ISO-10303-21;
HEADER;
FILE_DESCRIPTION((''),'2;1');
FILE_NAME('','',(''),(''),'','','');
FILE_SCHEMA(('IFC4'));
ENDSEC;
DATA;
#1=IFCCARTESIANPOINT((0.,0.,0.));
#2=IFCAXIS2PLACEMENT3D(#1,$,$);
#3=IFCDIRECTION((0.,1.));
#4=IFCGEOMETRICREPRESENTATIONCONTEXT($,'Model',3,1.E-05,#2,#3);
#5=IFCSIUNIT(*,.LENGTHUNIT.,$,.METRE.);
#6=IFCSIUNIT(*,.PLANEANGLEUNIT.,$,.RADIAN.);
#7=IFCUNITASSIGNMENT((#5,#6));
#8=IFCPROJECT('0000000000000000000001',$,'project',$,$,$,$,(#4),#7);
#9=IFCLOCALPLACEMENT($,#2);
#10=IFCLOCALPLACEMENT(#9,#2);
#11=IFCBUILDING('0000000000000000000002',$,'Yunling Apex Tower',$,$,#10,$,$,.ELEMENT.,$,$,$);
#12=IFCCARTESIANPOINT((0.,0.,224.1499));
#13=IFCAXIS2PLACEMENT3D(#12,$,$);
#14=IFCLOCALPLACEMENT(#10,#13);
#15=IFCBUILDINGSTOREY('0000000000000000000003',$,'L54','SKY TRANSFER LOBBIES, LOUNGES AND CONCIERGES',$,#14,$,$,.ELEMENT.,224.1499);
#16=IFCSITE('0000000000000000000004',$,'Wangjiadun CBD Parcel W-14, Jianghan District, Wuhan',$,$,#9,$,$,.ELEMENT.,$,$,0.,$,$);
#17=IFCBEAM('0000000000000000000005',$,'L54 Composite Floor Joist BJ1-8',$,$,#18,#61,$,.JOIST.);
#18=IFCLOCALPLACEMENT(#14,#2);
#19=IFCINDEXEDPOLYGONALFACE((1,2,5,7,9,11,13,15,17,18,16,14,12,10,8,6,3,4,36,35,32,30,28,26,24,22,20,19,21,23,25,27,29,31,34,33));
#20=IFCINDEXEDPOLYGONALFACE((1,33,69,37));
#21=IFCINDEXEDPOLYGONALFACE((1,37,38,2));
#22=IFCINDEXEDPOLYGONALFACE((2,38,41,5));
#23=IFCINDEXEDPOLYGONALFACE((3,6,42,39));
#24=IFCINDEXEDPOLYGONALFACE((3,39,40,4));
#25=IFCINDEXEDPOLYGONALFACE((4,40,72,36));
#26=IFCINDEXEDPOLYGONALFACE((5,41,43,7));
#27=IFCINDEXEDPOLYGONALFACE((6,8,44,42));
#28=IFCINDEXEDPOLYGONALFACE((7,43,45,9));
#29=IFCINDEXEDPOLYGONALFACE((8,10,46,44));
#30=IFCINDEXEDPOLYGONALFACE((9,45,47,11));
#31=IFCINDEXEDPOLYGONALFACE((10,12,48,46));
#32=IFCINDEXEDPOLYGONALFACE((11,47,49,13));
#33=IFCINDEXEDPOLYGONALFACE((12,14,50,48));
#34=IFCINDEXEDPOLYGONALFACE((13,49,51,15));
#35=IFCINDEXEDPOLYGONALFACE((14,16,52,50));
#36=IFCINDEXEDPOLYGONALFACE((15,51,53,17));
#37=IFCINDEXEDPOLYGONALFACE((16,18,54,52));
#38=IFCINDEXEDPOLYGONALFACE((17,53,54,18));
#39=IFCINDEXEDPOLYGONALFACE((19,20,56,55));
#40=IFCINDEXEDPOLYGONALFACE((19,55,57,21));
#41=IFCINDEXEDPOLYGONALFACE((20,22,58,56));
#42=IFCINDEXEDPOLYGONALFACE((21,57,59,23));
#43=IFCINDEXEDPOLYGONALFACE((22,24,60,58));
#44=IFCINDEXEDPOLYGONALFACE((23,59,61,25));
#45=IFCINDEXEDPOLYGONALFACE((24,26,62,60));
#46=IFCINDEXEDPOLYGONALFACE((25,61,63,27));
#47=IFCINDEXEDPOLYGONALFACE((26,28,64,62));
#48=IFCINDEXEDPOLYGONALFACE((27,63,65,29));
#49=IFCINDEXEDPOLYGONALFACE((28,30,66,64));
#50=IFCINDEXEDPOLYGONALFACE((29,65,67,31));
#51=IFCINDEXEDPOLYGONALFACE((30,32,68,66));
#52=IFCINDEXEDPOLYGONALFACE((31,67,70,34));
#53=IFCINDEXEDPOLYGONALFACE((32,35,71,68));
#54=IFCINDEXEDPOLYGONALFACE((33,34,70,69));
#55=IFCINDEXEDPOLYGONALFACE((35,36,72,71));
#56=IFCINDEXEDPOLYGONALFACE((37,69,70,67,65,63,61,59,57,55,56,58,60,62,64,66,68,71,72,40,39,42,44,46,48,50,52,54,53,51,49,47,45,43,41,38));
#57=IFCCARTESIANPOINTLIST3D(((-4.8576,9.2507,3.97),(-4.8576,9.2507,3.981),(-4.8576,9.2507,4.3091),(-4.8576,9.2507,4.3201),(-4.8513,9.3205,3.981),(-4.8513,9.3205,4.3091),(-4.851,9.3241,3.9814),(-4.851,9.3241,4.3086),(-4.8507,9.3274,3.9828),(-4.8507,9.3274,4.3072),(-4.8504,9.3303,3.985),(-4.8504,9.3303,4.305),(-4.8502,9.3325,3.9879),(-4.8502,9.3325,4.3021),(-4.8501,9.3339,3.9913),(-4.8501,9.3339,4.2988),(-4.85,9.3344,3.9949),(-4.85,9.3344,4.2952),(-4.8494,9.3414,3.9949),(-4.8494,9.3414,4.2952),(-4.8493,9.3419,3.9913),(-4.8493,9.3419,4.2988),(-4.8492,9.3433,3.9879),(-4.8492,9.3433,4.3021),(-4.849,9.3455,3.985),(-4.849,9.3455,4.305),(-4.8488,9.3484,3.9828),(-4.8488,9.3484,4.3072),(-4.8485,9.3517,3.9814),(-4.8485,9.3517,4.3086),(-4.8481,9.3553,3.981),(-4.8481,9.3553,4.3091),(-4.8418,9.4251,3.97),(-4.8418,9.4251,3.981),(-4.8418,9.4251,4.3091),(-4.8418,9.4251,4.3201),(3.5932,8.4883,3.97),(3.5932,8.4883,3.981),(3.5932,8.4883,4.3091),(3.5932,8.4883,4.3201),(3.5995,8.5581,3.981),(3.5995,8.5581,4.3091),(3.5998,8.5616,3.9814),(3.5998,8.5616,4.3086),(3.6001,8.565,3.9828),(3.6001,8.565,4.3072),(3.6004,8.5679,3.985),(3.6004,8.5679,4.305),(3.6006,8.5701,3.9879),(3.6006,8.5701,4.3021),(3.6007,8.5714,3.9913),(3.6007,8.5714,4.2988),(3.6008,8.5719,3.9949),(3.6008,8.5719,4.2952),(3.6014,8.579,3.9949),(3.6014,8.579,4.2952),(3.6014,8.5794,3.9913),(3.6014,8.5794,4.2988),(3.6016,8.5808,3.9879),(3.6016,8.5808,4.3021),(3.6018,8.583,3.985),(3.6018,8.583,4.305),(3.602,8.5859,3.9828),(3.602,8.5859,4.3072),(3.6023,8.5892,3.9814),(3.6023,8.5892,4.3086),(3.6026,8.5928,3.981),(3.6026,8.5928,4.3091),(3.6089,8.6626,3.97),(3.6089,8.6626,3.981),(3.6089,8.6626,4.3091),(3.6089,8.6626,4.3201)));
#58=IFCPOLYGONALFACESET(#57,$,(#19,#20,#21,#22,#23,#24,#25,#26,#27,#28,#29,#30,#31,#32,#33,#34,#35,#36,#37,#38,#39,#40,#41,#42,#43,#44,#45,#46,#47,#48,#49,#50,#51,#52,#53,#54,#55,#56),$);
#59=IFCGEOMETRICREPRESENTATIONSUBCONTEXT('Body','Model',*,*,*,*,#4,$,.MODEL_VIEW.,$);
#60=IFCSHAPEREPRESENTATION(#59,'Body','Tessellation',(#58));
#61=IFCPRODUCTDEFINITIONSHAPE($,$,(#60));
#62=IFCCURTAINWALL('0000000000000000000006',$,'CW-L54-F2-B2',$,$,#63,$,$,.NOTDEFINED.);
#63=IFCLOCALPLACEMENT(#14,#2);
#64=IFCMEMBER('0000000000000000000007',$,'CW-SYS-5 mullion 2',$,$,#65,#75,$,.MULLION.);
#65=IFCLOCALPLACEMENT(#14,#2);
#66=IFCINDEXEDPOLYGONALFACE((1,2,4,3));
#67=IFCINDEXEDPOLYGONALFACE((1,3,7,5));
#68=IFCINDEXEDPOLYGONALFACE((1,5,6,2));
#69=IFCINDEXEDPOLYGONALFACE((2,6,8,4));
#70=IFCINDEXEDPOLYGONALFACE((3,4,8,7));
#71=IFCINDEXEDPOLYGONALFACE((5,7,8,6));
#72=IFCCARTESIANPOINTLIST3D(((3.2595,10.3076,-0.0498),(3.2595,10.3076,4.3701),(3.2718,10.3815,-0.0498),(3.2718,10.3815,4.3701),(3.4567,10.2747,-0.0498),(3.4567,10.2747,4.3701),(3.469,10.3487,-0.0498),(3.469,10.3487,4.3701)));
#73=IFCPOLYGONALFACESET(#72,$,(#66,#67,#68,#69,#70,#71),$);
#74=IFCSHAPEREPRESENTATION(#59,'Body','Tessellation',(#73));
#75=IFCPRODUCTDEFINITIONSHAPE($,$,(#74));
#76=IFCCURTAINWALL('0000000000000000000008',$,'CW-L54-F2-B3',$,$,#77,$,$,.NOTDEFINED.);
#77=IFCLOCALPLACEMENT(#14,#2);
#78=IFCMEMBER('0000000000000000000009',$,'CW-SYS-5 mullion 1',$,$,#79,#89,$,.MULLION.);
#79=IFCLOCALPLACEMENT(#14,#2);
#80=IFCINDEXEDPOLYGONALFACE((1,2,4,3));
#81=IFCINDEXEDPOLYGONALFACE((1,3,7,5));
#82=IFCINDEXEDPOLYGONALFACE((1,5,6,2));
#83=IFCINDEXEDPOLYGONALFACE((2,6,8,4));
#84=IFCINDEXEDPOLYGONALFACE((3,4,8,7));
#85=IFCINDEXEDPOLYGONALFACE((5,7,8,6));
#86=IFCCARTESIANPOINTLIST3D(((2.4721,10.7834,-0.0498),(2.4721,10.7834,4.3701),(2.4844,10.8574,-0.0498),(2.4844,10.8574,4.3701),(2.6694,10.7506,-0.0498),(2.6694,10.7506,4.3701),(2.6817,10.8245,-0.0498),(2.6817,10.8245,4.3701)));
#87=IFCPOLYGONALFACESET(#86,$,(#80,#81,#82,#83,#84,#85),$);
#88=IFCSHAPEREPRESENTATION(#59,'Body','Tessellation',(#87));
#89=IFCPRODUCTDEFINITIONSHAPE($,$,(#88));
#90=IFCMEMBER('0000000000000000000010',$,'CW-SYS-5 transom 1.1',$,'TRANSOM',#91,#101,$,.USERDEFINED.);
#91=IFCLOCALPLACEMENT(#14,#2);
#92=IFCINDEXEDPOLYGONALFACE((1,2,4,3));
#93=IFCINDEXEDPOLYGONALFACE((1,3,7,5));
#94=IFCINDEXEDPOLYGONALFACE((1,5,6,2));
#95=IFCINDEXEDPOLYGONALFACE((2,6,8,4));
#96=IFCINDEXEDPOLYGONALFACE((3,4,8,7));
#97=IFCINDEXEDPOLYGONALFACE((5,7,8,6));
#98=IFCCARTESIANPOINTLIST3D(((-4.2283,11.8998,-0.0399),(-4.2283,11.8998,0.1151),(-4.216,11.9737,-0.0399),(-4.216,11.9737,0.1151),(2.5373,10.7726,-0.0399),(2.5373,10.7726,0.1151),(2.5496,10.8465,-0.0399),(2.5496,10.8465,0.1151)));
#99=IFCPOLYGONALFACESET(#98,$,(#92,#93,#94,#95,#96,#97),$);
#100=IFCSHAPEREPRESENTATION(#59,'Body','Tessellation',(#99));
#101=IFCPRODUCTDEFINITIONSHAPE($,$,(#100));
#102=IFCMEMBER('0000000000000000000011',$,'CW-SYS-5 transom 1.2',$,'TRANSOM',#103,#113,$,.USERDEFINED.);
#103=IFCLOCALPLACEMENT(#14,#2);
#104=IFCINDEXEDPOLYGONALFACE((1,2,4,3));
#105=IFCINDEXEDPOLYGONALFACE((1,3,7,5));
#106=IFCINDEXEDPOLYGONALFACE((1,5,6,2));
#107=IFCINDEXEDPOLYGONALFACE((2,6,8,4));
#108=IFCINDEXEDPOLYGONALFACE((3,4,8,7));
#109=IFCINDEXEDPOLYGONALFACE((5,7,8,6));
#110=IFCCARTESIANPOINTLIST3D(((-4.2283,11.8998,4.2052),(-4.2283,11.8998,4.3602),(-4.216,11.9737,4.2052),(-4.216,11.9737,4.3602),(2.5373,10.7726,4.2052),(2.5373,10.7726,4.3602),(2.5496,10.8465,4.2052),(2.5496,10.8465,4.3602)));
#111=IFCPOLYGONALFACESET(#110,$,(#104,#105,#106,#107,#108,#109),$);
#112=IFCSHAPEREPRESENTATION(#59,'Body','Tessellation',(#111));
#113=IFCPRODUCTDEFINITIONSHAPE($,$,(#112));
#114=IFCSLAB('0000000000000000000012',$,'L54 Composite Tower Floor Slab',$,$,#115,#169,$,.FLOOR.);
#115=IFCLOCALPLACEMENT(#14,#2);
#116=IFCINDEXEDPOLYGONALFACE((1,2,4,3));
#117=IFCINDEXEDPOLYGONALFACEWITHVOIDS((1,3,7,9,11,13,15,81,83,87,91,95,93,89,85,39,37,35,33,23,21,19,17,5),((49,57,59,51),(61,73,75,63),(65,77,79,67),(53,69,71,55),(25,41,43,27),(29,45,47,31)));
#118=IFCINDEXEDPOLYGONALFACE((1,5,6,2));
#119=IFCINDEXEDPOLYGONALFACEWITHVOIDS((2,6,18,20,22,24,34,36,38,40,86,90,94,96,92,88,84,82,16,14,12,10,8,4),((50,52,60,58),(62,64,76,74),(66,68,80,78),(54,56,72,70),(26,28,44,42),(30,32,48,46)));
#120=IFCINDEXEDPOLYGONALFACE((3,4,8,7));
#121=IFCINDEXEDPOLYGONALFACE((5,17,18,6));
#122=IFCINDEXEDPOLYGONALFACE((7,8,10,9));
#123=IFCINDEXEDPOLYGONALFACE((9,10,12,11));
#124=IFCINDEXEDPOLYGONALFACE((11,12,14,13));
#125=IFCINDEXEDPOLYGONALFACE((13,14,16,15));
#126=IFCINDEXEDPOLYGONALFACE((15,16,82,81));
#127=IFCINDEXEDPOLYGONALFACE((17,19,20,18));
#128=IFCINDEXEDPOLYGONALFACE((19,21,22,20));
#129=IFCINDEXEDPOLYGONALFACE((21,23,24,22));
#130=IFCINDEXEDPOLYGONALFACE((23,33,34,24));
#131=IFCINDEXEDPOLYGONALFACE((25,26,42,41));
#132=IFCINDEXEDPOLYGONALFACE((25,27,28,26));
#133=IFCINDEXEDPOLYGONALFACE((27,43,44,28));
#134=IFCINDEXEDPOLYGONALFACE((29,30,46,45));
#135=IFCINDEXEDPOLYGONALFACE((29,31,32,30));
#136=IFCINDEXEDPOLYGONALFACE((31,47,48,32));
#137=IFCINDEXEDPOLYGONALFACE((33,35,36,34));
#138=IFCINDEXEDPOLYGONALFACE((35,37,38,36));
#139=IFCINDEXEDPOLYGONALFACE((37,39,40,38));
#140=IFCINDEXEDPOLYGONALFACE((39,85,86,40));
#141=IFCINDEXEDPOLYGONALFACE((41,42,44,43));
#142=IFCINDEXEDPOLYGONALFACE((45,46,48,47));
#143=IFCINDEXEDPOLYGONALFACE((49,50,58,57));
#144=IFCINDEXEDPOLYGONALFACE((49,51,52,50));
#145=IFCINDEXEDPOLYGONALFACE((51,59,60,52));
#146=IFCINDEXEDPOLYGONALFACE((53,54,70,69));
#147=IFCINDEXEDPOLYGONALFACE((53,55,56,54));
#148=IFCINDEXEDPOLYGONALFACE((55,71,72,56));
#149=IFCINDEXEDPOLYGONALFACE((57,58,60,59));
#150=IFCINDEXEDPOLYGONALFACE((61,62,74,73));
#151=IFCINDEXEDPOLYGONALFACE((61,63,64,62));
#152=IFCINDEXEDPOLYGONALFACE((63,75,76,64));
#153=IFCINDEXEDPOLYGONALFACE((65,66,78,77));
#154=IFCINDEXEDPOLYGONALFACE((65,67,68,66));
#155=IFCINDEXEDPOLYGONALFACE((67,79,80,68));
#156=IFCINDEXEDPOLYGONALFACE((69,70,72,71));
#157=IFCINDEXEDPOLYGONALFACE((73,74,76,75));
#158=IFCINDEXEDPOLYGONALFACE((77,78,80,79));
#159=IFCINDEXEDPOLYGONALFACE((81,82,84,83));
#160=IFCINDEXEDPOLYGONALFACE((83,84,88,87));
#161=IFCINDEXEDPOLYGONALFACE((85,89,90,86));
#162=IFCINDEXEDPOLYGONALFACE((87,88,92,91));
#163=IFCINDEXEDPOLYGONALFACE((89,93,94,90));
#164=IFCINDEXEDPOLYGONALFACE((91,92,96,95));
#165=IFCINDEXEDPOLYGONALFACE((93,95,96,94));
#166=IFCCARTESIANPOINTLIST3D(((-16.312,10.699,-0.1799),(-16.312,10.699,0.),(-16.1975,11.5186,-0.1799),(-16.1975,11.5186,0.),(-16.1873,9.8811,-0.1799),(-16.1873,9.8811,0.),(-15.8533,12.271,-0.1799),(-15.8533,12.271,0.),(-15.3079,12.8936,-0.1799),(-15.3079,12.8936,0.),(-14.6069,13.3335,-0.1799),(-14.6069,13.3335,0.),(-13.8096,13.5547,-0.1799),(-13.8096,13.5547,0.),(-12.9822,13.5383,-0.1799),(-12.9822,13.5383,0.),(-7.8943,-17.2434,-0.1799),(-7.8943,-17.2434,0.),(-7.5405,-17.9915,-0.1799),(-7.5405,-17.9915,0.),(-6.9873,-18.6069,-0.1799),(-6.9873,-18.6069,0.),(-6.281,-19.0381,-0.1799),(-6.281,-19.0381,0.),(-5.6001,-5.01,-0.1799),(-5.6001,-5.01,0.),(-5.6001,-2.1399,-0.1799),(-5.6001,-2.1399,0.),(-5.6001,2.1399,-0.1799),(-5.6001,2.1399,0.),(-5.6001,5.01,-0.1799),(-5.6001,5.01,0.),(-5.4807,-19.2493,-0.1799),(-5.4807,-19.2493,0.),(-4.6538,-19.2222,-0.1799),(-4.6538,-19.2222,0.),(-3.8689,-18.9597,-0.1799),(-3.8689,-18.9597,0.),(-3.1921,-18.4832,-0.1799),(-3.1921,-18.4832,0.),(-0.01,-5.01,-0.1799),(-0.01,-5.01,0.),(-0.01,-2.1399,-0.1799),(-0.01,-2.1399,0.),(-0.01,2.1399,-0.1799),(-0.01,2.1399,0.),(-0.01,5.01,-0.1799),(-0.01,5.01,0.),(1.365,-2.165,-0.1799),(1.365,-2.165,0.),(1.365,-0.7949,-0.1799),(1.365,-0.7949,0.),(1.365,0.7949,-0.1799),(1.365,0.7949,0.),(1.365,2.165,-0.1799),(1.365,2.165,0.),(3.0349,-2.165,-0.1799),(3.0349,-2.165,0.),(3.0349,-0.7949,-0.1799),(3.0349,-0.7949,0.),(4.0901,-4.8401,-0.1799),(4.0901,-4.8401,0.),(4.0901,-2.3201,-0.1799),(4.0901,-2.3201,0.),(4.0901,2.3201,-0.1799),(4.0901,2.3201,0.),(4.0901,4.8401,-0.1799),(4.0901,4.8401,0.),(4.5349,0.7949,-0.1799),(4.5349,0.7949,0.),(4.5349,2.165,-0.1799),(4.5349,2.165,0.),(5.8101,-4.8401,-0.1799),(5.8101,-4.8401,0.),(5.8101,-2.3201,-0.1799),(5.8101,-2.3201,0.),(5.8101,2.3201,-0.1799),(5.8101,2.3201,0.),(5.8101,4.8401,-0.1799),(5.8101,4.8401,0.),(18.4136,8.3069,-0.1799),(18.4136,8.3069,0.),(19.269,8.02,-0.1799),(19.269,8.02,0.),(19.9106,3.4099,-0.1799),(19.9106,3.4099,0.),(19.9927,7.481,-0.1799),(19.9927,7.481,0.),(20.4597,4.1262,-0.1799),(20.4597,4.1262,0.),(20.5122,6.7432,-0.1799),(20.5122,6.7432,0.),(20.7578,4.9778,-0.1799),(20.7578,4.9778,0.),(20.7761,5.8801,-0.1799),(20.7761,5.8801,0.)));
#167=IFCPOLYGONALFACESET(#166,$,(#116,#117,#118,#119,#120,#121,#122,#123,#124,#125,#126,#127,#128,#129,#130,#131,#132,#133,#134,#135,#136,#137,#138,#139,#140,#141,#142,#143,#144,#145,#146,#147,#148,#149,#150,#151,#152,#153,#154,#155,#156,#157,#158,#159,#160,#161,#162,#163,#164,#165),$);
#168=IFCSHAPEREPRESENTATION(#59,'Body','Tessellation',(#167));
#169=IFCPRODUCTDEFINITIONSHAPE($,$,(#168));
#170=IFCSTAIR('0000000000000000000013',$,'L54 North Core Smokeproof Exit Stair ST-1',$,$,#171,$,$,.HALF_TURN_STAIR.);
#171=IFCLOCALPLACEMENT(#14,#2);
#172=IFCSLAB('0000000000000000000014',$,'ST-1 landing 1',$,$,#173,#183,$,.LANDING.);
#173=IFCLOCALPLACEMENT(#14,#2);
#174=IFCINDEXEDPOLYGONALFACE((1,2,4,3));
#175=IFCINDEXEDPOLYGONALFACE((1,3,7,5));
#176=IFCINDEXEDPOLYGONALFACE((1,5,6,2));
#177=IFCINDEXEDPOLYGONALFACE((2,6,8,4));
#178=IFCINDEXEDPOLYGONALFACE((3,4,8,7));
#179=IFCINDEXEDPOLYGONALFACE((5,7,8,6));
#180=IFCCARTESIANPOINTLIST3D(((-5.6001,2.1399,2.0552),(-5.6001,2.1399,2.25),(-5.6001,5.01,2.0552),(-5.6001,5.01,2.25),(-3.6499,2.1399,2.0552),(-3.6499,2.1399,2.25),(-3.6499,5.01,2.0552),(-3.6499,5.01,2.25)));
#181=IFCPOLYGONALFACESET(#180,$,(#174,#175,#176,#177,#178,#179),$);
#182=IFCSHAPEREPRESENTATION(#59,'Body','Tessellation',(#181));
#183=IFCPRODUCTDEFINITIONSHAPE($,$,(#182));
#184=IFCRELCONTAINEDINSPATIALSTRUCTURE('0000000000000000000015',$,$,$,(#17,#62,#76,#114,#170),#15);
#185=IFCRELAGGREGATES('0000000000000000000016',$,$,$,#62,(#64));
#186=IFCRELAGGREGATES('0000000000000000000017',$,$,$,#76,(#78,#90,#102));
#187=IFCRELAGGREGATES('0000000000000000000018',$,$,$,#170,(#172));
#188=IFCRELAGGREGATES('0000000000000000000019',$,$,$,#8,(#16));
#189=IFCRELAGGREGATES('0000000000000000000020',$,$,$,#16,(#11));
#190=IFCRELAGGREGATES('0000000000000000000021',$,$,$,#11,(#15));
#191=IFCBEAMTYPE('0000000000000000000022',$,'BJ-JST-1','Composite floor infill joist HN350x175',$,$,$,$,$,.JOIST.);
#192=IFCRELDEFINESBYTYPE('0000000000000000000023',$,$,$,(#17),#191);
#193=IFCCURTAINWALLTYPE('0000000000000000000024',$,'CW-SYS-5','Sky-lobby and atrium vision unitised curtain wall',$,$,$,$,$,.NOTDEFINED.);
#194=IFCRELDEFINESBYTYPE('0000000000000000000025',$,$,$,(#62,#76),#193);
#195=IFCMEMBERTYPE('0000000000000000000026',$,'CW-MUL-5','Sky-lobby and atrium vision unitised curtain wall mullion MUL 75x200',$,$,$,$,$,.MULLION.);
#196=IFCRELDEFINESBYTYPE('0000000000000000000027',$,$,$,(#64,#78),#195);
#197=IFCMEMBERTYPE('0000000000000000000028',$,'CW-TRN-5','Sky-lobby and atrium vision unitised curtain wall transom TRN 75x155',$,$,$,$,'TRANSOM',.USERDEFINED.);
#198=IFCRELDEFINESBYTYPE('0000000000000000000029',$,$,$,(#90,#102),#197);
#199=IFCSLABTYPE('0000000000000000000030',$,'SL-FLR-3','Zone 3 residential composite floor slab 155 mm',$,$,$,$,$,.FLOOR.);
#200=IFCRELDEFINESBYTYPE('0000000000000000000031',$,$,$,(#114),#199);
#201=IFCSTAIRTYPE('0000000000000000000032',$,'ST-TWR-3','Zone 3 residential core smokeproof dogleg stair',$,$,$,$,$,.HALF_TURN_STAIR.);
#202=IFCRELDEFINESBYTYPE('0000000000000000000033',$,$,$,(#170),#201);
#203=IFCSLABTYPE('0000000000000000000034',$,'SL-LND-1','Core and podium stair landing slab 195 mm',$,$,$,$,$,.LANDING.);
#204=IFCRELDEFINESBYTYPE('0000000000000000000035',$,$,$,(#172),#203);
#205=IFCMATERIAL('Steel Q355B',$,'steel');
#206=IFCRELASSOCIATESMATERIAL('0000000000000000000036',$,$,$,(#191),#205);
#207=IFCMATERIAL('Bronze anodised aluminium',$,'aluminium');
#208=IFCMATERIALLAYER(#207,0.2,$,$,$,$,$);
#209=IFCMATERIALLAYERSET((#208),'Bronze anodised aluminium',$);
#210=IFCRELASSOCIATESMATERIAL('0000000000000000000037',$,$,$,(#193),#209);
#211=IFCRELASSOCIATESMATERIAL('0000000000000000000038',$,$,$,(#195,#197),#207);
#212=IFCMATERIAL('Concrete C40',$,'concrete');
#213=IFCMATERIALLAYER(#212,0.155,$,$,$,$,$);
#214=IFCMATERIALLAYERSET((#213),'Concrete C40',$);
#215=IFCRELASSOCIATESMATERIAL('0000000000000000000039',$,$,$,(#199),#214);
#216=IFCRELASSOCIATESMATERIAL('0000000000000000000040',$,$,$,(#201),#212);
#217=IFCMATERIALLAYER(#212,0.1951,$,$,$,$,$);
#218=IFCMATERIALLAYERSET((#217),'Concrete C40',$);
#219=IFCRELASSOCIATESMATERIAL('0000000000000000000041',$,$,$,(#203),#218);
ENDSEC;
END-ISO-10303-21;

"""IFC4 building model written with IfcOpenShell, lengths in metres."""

from ifc_helpers import new_model, si_unit, direction, frame, origin, origin_2d, place, context, subcontext, project, spatial, polyline, rectangle, i_section, outline, extrude, source, transform, mapped, material, layer, layer_set, material_profile, profile_set, type_object, element, aggregate, save


model = new_model("IFC4")

# Units and contexts
model_context = context("Model", 3, precision=1e-05, world=origin(), true_north=direction((0.0, 1.0)))
body_context = subcontext(model_context, "Body", "Model", "MODEL_VIEW")
ifc_project = project(units=[si_unit("LENGTHUNIT", "METRE"), si_unit("PLANEANGLEUNIT", "RADIAN")], contexts=[model_context])

# Site, building, storey
site_placement = place(None, origin())
site = spatial("IfcSite", under=ifc_project, at=site_placement, Name="Wangjiadun CBD Parcel W-14, Jianghan District, Wuhan", CompositionType="ELEMENT", RefElevation=0.0)
building_placement = place(site_placement, origin())
building = spatial("IfcBuilding", under=site, at=building_placement, Name="Yunling Apex Tower", CompositionType="ELEMENT")
storey_placement = place(building_placement, frame((0.0, 0.0, 224.1499)))
storey = spatial("IfcBuildingStorey", under=building, at=storey_placement, Name="L54", Description="SKY TRANSFER LOBBIES, LOUNGES AND CONCIERGES", CompositionType="ELEMENT", Elevation=224.1499)

# Beam
ifc_material_1 = material(Name="Steel Q355B", Category="steel")
ifc_material_profile_1 = material_profile(ifc_material_1, i_section(OverallWidth=0.175, OverallDepth=0.3501, WebThickness=0.0071, FlangeThickness=0.011, FilletRadius=0.0139, at=origin_2d()))
ifc_profile_set_1 = profile_set([ifc_material_profile_1], Name="Steel Q355B")
beam_type_1 = type_object("IfcBeamType", Name="BJ-JST-1", Description="Composite floor infill joist HN350x175", PredefinedType="JOIST", material=ifc_profile_set_1)
shared_shape_1 = source(origin(), body_context, "Body", "SweptSolid", [
    extrude(i_section(OverallWidth=0.175, OverallDepth=0.3501, WebThickness=0.0071, FlangeThickness=0.011, FilletRadius=0.0139, at=origin_2d()), origin(), (0.0, 0.0, 1.0), 8.4851),
])
beam_1_placement = place(storey_placement, frame((3.6011, 8.5754, 4.145), z_axis=(-0.995955, 0.089859, 0.0), x_axis=(-0.089859, -0.995955, 0.0)))
element("IfcBeam", 1, at=beam_1_placement, inside=storey, type_object=beam_type_1, Name="L54 Composite Floor Joist BJ1-8", PredefinedType="JOIST", context=body_context, shape_type="MappedRepresentation", body=[
    mapped(shared_shape_1, transform((0.0, 0.0, 0.0), scale=1.0)),
])

# Curtain wall, member
ifc_material_2 = material(Name="Bronze anodised aluminium", Category="aluminium")
ifc_layer_1 = layer(ifc_material_2, 0.2)
ifc_layer_set_1 = layer_set([ifc_layer_1], Name="Bronze anodised aluminium")
curtain_wall_type = type_object("IfcCurtainWallType", Name="CW-SYS-5", Description="Sky-lobby and atrium vision unitised curtain wall", PredefinedType="NOTDEFINED", material=ifc_layer_set_1)
curtain_wall_1_placement = place(storey_placement, origin())
curtain_wall_1 = element("IfcCurtainWall", 2, at=curtain_wall_1_placement, inside=storey, type_object=curtain_wall_type, Name="CW-L54-F2-B2", PredefinedType="NOTDEFINED")
ifc_material_profile_2 = material_profile(ifc_material_2, rectangle(XDim=0.075, YDim=0.2, at=origin_2d()))
ifc_profile_set_2 = profile_set([ifc_material_profile_2], Name="Bronze anodised aluminium")
member_type_1 = type_object("IfcMemberType", Name="CW-MUL-5", Description="Sky-lobby and atrium vision unitised curtain wall mullion MUL 75x200", PredefinedType="MULLION", material=ifc_profile_set_2)
shared_shape_2 = source(origin(), body_context, "Body", "SweptSolid", [
    extrude(rectangle(XDim=0.075, YDim=0.2, at=origin_2d()), origin(), (0.0, 0.0, 1.0), 4.4199),
])
member_1_placement = place(storey_placement, frame((3.3643, 10.3281, -0.0498), z_axis=(0.0, 0.0, 1.0), x_axis=(-0.164371, -0.986399, 0.0)))
member_1 = element("IfcMember", 3, at=member_1_placement, type_object=member_type_1, Name="CW-SYS-5 mullion 2", PredefinedType="MULLION", context=body_context, shape_type="MappedRepresentation", body=[
    mapped(shared_shape_2, transform((0.0, 0.0, 0.0), scale=1.0)),
])
aggregate(curtain_wall_1, [member_1])

# Curtain wall, members
curtain_wall_2_placement = place(storey_placement, origin())
curtain_wall_2 = element("IfcCurtainWall", 4, at=curtain_wall_2_placement, inside=storey, type_object=curtain_wall_type, Name="CW-L54-F2-B3", PredefinedType="NOTDEFINED")
member_2_placement = place(storey_placement, frame((2.5769, 10.804, -0.0498), z_axis=(0.0, 0.0, 1.0), x_axis=(-0.164353, -0.986402, 0.0)))
member_2 = element("IfcMember", 5, at=member_2_placement, type_object=member_type_1, Name="CW-SYS-5 mullion 1", PredefinedType="MULLION", context=body_context, shape_type="MappedRepresentation", body=[
    mapped(shared_shape_2, transform((0.0, 0.0, 0.0), scale=1.0)),
])
ifc_material_profile_3 = material_profile(ifc_material_2, rectangle(XDim=0.075, YDim=0.155, at=origin_2d()))
ifc_profile_set_3 = profile_set([ifc_material_profile_3], Name="Bronze anodised aluminium")
member_type_2 = type_object("IfcMemberType", Name="CW-TRN-5", Description="Sky-lobby and atrium vision unitised curtain wall transom TRN 75x155", ElementType="TRANSOM", PredefinedType="USERDEFINED", material=ifc_profile_set_3)
shared_shape_3 = source(origin(), body_context, "Body", "SweptSolid", [
    extrude(rectangle(XDim=0.075, YDim=0.155, at=origin_2d()), origin(), (0.0, 0.0, 1.0), 6.8589),
])
member_3_placement = place(storey_placement, frame((2.5435, 10.8096, 0.0376), z_axis=(-0.986404, 0.164341, 0.0), x_axis=(-0.164341, -0.986404, 0.0)))
member_3 = element("IfcMember", 6, at=member_3_placement, type_object=member_type_2, Name="CW-SYS-5 transom 1.1", ObjectType="TRANSOM", PredefinedType="USERDEFINED", context=body_context, shape_type="MappedRepresentation", body=[
    mapped(shared_shape_3, transform((0.0, 0.0, 0.0), scale=1.0)),
])
member_4_placement = place(storey_placement, frame((2.5435, 10.8096, 4.2827), z_axis=(-0.986404, 0.164341, 0.0), x_axis=(-0.164341, -0.986404, 0.0)))
member_4 = element("IfcMember", 7, at=member_4_placement, type_object=member_type_2, Name="CW-SYS-5 transom 1.2", ObjectType="TRANSOM", PredefinedType="USERDEFINED", context=body_context, shape_type="MappedRepresentation", body=[
    mapped(shared_shape_3, transform((0.0, 0.0, 0.0), scale=1.0)),
])

# Slab
ifc_material_3 = material(Name="Concrete C40", Category="concrete")
ifc_layer_2 = layer(ifc_material_3, 0.155)
ifc_layer_set_2 = layer_set([ifc_layer_2], Name="Concrete C40")
slab_type_1 = type_object("IfcSlabType", Name="SL-FLR-3", Description="Zone 3 residential composite floor slab 155 mm", PredefinedType="FLOOR", material=ifc_layer_set_2)
slab_1_placement = place(storey_placement, frame((0.0, 0.0, -0.1799)))
element("IfcSlab", 8, at=slab_1_placement, inside=storey, type_object=slab_type_1, Name="L54 Composite Tower Floor Slab", PredefinedType="FLOOR", context=body_context, shape_type="SweptSolid", body=[
    extrude(outline(polyline([(-7.8943, -17.2434), (-7.5405, -17.9915), (-6.9873, -18.6069), (-6.281, -19.0381), (-5.4807, -19.2493), (-4.6538, -19.2222), (-3.8689, -18.9597), (-3.1921, -18.4832), (19.9106, 3.4099), (20.4597, 4.1262), (20.7578, 4.9778), (20.7761, 5.8801), (20.5122, 6.7432), (19.9927, 7.481), (19.269, 8.02), (18.4136, 8.3069), (-12.9822, 13.5383), (-13.8096, 13.5547), (-14.6069, 13.3335), (-15.3079, 12.8936), (-15.8533, 12.271), (-16.1975, 11.5186), (-16.312, 10.699), (-16.1873, 9.8811), (-7.8943, -17.2434)]), holes=[polyline([(4.0901, 4.8401), (5.8101, 4.8401), (5.8101, 2.3201), (4.0901, 2.3201), (4.0901, 4.8401)]), polyline([(4.0901, -4.8401), (4.0901, -2.3201), (5.8101, -2.3201), (5.8101, -4.8401), (4.0901, -4.8401)]), polyline([(4.5349, 0.7949), (1.365, 0.7949), (1.365, 2.165), (4.5349, 2.165), (4.5349, 0.7949)]), polyline([(1.365, -0.7949), (3.0349, -0.7949), (3.0349, -2.165), (1.365, -2.165), (1.365, -0.7949)]), polyline([(-0.01, -5.01), (-5.6001, -5.01), (-5.6001, -2.1399), (-0.01, -2.1399), (-0.01, -5.01)]), polyline([(-0.01, 2.1399), (-5.6001, 2.1399), (-5.6001, 5.01), (-0.01, 5.01), (-0.01, 2.1399)])]), origin(), (0.0, 0.0, 1.0), 0.1799),
])

# Stair, slab
stair_type = type_object("IfcStairType", Name="ST-TWR-3", Description="Zone 3 residential core smokeproof dogleg stair", PredefinedType="HALF_TURN_STAIR", material=ifc_material_3)
stair_1_placement = place(storey_placement, origin())
stair_1 = element("IfcStair", 9, at=stair_1_placement, inside=storey, type_object=stair_type, Name="L54 North Core Smokeproof Exit Stair ST-1", PredefinedType="HALF_TURN_STAIR")
ifc_layer_3 = layer(ifc_material_3, 0.1951)
ifc_layer_set_3 = layer_set([ifc_layer_3], Name="Concrete C40")
slab_type_2 = type_object("IfcSlabType", Name="SL-LND-1", Description="Core and podium stair landing slab 195 mm", PredefinedType="LANDING", material=ifc_layer_set_3)
slab_2_placement = place(storey_placement, frame((0.0, 0.0, 2.0552)))
slab_2 = element("IfcSlab", 10, at=slab_2_placement, type_object=slab_type_2, Name="ST-1 landing 1", PredefinedType="LANDING", context=body_context, shape_type="SweptSolid", body=[
    extrude(outline(polyline([(-3.6499, 5.01), (-5.6001, 5.01), (-5.6001, 2.1399), (-3.6499, 2.1399), (-3.6499, 5.01)])), origin(), (0.0, 0.0, 1.0), 0.1948),
])

aggregate(curtain_wall_2, [member_2, member_3, member_4])

aggregate(stair_1, [slab_2])

save(model, "model.ifc")
